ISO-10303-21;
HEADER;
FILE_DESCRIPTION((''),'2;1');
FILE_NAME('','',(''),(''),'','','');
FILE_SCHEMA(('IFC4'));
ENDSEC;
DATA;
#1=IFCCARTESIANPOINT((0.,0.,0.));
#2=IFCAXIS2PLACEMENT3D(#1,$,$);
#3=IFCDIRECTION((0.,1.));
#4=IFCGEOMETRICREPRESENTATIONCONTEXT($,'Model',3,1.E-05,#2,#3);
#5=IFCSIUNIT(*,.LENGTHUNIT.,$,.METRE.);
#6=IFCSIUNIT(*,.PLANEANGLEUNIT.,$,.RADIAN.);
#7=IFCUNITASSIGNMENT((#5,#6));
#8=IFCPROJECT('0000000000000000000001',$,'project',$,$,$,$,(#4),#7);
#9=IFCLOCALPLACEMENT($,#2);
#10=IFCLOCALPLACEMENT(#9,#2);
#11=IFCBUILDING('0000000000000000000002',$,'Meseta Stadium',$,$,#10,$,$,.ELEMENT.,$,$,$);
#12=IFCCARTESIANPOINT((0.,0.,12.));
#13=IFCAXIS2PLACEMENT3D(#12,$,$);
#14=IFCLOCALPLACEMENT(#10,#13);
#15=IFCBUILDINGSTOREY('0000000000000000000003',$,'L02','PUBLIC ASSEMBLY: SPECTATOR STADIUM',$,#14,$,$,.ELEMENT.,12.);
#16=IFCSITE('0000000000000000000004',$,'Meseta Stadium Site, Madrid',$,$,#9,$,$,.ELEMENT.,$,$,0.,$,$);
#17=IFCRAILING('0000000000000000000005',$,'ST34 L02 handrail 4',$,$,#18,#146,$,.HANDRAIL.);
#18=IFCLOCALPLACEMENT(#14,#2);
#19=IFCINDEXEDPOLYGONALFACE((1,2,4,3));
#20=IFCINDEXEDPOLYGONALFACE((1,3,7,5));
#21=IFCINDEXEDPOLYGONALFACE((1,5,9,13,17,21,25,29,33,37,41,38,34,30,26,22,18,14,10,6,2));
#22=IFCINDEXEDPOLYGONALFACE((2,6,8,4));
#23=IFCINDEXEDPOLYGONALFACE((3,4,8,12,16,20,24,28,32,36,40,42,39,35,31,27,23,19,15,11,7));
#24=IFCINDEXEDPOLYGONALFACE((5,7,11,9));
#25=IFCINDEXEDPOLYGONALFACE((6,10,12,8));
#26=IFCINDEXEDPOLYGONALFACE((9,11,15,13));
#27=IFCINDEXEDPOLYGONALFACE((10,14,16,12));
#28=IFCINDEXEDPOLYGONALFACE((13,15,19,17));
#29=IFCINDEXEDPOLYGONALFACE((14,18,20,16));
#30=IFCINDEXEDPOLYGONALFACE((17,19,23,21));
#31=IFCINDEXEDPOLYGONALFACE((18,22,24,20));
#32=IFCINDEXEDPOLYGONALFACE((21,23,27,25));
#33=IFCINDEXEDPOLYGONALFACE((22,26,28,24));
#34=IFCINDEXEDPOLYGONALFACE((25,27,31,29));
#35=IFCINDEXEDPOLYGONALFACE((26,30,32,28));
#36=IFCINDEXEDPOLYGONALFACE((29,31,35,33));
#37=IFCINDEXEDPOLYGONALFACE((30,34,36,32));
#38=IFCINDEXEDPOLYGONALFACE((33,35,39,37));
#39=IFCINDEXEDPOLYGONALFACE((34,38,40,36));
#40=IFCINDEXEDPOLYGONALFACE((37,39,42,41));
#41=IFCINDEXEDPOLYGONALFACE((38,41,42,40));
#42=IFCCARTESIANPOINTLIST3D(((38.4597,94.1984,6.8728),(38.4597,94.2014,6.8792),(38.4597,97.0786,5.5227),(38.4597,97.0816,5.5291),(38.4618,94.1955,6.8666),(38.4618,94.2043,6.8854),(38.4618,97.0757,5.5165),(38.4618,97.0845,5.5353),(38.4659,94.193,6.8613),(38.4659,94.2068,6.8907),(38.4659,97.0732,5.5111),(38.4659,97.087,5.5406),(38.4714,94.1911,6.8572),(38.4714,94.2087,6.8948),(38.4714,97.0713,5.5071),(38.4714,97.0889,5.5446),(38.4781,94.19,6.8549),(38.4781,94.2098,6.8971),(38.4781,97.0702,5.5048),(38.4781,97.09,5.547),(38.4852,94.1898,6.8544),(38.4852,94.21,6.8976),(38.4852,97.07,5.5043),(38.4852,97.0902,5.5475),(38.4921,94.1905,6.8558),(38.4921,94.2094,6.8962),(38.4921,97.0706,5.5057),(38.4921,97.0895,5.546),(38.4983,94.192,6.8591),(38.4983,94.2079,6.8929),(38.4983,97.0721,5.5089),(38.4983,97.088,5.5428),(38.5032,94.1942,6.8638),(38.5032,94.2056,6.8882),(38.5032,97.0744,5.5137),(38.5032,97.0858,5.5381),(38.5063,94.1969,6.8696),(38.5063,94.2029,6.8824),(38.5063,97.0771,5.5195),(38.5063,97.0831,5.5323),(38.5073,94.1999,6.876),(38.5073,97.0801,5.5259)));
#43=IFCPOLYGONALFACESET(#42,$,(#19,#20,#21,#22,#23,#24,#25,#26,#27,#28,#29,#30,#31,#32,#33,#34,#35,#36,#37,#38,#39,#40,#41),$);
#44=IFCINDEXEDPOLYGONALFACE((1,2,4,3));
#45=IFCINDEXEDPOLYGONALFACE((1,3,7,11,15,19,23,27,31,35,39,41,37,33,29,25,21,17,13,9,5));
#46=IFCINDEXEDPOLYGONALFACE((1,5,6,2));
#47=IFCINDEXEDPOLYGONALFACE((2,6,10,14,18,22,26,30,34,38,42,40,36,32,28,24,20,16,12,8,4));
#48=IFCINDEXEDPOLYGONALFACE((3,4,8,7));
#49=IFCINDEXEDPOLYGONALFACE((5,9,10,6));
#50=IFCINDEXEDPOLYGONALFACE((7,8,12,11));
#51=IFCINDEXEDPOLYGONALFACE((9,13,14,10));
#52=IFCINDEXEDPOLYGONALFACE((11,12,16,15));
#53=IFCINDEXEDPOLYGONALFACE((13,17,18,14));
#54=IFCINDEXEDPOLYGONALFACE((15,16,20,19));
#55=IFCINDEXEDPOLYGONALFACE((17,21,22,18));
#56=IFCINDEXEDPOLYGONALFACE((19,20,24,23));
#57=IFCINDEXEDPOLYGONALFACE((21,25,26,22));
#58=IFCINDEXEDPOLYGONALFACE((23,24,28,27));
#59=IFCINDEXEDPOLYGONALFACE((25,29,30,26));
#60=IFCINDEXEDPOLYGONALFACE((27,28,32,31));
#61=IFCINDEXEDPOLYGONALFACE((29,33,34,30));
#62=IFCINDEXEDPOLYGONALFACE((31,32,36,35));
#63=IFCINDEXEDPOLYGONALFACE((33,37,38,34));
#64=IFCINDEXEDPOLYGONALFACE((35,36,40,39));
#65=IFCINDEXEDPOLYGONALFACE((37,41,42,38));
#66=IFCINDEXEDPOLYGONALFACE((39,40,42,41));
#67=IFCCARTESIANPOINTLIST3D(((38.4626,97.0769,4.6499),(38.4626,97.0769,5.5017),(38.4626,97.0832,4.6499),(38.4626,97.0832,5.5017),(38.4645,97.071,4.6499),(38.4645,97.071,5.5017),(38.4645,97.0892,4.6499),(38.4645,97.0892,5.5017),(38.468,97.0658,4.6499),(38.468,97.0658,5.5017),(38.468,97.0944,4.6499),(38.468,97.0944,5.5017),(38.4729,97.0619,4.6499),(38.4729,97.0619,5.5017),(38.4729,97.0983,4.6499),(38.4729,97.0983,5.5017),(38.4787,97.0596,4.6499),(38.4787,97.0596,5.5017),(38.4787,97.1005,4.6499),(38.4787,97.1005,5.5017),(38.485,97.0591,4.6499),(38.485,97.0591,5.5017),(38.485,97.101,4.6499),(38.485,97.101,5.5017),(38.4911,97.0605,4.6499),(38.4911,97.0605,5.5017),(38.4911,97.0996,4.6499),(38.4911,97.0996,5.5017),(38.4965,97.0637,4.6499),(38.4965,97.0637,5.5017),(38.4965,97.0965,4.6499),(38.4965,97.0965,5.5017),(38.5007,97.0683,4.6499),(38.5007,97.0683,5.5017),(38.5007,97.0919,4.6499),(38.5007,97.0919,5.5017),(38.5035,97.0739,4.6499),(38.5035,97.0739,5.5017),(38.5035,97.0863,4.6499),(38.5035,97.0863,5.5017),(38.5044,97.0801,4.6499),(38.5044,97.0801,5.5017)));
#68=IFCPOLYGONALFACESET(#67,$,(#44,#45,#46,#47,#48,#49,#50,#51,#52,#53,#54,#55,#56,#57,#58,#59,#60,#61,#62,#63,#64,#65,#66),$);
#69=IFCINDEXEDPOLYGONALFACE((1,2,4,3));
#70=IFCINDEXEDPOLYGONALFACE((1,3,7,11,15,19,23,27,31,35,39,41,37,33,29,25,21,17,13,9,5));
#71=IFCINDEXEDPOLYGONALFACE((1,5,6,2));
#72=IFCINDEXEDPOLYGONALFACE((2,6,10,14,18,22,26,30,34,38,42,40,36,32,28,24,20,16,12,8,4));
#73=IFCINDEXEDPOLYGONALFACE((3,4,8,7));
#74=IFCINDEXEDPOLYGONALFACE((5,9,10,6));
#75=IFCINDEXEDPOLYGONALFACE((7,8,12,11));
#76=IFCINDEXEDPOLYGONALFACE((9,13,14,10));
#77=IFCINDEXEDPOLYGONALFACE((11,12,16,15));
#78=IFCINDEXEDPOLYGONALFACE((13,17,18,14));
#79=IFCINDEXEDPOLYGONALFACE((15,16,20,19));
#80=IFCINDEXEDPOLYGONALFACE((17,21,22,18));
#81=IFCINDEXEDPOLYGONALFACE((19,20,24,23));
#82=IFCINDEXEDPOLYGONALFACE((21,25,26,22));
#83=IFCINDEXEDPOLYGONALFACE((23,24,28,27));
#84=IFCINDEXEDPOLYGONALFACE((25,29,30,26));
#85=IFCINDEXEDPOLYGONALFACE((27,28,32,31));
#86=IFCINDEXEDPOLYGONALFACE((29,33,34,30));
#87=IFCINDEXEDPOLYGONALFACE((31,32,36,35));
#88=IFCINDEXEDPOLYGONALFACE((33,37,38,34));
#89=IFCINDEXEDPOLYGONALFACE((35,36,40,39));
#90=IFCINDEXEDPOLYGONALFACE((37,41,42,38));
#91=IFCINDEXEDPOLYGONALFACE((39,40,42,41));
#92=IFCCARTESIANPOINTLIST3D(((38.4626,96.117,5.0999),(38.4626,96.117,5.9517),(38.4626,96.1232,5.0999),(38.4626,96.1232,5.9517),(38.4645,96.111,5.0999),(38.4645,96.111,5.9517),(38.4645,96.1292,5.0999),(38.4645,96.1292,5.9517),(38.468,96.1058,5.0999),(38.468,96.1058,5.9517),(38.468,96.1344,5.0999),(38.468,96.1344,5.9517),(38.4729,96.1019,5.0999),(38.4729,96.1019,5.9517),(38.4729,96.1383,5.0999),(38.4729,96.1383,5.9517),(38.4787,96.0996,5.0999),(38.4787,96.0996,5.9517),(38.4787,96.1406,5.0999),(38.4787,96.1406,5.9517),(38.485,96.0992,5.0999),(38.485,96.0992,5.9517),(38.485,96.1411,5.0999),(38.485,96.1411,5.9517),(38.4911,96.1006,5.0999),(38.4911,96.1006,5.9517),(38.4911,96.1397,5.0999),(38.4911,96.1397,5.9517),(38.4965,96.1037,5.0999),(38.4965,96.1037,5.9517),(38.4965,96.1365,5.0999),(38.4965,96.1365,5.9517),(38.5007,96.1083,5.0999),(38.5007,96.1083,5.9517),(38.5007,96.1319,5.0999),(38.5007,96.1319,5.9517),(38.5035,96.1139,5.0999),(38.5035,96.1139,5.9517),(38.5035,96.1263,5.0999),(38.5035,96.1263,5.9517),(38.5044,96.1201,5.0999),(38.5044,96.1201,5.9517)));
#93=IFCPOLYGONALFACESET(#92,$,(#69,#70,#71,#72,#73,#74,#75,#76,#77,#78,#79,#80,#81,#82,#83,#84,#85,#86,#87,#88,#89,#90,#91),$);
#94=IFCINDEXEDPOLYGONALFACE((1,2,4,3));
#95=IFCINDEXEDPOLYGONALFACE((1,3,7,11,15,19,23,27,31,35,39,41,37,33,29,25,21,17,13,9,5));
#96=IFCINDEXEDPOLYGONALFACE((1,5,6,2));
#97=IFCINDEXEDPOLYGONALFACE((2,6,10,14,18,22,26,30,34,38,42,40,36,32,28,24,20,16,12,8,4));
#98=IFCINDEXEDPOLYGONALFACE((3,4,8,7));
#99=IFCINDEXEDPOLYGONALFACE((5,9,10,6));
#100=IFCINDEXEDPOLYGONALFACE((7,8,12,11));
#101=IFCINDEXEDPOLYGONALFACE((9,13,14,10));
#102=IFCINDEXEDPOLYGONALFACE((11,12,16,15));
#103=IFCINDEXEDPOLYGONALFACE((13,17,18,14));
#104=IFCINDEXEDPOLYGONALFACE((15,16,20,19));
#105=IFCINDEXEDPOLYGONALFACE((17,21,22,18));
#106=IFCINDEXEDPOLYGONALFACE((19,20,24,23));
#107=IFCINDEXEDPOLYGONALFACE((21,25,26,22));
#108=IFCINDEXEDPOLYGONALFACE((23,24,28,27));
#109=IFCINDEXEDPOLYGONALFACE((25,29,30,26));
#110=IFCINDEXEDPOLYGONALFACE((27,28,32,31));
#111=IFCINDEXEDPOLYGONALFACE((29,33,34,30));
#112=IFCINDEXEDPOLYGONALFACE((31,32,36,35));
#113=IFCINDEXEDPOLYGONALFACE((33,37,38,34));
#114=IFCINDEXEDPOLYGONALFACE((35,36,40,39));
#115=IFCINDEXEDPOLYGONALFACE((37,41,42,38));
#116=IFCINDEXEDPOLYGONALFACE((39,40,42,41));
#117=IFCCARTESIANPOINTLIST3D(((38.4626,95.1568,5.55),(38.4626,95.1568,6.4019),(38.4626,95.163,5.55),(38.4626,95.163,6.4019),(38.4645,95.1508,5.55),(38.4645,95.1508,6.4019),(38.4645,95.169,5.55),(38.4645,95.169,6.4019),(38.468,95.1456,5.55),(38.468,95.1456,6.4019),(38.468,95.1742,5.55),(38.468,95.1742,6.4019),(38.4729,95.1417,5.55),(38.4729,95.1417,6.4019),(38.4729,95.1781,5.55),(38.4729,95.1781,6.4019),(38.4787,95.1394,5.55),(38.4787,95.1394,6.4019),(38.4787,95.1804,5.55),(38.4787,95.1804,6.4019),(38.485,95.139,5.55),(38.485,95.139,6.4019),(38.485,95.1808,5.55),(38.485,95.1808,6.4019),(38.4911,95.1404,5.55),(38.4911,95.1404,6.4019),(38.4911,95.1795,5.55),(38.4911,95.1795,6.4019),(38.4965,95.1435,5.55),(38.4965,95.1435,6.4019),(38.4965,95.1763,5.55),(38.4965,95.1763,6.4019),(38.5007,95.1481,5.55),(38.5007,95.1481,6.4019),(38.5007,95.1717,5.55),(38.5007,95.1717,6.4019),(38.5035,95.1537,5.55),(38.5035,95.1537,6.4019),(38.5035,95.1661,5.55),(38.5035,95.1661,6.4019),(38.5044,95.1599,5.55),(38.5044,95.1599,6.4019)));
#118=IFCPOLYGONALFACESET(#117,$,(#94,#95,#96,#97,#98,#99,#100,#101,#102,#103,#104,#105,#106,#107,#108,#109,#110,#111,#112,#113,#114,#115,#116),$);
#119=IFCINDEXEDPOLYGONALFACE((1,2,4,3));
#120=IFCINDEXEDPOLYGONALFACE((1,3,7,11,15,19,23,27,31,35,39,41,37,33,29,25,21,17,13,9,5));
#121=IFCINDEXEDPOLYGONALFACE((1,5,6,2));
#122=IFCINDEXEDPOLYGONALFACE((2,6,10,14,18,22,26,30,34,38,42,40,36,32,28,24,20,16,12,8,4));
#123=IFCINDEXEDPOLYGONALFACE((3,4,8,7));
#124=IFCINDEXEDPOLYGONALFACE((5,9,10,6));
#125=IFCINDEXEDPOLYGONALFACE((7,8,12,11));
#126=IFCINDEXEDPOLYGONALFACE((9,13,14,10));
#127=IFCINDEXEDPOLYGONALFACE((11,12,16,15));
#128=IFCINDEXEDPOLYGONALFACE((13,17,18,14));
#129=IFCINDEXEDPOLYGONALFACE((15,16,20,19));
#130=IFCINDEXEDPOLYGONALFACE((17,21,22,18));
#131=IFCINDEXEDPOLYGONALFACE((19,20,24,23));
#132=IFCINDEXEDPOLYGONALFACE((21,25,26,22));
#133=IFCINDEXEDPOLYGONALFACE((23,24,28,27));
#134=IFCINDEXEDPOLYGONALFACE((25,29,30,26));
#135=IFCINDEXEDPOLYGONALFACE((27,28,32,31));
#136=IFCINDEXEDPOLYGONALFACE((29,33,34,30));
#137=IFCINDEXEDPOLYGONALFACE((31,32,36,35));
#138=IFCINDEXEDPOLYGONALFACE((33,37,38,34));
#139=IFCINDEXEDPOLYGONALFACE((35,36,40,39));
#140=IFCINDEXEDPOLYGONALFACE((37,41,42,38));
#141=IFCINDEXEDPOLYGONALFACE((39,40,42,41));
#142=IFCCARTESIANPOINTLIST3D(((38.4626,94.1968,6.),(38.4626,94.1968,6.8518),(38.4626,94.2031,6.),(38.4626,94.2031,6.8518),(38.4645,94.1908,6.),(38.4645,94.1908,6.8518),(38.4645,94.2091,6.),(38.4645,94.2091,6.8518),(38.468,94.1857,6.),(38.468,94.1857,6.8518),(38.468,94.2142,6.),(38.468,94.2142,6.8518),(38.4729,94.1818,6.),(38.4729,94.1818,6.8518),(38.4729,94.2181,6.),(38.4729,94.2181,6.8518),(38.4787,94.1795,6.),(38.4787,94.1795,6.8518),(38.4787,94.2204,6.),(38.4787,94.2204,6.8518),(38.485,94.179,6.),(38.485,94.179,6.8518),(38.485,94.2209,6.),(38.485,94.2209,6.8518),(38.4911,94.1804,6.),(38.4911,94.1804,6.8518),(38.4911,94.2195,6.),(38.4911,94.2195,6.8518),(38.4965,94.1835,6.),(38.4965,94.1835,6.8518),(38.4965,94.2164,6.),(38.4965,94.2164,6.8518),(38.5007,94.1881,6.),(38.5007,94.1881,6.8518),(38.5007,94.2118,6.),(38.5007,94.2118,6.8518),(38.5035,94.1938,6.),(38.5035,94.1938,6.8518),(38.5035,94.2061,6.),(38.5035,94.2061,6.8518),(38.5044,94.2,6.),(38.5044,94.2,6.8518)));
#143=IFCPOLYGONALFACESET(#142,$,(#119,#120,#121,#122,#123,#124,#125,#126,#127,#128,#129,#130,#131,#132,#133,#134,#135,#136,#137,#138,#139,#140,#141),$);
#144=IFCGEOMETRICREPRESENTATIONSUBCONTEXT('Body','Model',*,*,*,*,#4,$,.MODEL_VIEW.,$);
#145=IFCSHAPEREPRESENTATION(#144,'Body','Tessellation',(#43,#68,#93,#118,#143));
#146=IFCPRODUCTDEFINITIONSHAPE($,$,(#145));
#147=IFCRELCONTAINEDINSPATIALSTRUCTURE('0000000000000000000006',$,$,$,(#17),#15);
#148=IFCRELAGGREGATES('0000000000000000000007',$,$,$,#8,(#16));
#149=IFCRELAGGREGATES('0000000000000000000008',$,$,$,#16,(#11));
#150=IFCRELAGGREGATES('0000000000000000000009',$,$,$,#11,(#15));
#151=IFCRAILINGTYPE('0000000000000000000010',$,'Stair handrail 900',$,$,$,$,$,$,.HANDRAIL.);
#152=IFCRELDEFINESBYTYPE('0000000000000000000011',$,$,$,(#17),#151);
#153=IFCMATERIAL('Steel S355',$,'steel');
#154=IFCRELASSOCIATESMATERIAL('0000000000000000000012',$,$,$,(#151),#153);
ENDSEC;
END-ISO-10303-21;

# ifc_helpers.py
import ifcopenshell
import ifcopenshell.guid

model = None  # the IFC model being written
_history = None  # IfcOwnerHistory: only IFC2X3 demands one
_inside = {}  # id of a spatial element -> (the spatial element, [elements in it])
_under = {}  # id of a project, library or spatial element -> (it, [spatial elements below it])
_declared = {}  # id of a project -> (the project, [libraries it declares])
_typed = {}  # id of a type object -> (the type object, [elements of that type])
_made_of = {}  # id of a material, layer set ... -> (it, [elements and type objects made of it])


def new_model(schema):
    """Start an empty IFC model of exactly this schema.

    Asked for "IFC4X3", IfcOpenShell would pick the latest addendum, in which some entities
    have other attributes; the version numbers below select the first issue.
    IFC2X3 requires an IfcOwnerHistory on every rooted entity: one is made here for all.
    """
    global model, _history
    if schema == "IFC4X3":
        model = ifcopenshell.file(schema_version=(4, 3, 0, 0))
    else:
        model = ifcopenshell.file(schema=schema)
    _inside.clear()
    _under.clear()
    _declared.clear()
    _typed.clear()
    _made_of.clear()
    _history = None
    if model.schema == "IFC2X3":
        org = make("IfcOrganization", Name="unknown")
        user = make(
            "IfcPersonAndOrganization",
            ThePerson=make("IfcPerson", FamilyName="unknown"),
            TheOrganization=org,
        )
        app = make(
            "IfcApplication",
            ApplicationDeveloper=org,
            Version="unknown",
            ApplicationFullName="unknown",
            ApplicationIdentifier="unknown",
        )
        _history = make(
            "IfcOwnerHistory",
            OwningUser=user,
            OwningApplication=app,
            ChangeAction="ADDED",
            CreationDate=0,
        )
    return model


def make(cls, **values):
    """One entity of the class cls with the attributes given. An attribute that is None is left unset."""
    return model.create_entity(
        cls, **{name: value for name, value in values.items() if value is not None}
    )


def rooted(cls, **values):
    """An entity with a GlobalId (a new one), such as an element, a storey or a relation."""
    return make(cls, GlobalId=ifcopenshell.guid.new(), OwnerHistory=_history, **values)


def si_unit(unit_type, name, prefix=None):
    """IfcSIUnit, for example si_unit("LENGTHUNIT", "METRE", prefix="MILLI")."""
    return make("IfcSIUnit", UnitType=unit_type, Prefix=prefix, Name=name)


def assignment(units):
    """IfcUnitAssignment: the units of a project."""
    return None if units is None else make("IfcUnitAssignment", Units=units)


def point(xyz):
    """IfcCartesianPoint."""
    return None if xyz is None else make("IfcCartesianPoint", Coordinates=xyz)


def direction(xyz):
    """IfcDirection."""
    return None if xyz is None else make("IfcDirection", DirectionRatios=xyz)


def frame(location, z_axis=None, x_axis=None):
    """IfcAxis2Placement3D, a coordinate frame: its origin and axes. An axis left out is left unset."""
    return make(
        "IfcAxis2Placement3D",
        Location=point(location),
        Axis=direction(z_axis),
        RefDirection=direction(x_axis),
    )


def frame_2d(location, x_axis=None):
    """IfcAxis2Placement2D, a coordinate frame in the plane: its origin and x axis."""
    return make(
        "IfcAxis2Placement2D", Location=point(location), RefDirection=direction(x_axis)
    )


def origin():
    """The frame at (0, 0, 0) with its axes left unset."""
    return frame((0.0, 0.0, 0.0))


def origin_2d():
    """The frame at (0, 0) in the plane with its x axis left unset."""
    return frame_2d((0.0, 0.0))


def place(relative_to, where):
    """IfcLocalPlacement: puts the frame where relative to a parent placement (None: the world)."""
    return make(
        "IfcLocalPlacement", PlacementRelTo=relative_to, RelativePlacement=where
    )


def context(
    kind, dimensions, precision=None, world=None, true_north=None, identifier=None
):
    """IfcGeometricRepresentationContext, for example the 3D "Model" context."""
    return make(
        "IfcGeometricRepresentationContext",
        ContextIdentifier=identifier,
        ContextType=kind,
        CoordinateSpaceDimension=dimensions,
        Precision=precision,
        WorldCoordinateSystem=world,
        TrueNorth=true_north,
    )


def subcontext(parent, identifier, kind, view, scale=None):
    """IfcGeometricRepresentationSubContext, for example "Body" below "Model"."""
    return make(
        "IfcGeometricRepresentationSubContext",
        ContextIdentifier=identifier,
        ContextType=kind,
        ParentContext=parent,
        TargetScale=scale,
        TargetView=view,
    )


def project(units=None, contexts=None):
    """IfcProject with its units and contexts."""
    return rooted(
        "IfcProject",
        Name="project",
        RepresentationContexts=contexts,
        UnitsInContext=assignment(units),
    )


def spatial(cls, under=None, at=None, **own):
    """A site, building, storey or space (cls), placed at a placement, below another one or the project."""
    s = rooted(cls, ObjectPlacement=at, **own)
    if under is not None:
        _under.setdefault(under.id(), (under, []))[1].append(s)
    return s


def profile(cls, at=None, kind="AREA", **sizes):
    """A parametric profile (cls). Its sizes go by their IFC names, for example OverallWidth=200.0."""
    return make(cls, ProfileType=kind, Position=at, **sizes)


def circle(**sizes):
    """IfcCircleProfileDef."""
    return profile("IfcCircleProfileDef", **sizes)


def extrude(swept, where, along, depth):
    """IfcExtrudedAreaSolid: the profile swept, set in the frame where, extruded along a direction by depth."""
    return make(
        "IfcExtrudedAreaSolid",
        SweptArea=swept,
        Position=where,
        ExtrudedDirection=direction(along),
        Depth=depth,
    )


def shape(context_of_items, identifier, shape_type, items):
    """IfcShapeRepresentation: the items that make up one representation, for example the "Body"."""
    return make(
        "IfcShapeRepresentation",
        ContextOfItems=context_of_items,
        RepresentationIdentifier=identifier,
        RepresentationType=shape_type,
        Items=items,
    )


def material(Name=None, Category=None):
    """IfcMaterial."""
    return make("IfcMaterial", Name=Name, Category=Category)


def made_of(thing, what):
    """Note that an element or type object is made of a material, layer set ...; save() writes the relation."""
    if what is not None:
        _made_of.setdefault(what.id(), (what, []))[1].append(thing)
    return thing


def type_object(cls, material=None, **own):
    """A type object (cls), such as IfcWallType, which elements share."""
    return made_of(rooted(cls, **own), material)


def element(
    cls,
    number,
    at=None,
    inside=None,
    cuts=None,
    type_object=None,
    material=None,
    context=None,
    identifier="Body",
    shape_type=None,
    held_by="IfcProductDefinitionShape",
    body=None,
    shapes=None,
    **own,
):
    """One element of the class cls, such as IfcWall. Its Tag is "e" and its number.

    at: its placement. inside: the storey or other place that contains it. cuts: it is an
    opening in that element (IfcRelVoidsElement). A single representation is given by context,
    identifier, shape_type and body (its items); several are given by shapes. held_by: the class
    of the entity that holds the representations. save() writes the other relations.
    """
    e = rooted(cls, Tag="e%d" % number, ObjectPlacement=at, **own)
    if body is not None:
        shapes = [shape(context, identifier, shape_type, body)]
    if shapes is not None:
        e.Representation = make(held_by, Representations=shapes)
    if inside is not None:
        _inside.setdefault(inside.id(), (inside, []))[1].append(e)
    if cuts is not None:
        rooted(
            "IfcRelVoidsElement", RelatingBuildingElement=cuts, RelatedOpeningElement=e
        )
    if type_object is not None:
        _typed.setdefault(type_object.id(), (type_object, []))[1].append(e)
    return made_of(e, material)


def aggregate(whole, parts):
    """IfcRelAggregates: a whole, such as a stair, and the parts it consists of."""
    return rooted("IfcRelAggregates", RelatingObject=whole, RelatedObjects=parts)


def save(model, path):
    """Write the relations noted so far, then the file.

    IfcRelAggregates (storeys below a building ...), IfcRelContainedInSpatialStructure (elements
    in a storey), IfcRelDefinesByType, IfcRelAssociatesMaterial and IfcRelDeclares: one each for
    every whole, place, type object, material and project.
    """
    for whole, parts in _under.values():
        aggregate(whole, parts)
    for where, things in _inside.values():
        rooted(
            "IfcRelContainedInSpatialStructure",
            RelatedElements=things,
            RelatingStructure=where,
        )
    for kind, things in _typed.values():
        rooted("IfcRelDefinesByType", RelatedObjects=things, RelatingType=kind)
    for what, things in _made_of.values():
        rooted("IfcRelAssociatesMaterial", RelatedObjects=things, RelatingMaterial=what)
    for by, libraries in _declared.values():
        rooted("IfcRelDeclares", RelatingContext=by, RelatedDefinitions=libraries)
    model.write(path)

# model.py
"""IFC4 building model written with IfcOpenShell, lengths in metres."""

from ifc_helpers import new_model, si_unit, direction, frame, origin, origin_2d, place, context, subcontext, project, spatial, circle, extrude, material, type_object, element, save


model = new_model("IFC4")

# Units and contexts
model_context = context("Model", 3, precision=1e-05, world=origin(), true_north=direction((0.0, 1.0)))
body_context = subcontext(model_context, "Body", "Model", "MODEL_VIEW")
ifc_project = project(units=[si_unit("LENGTHUNIT", "METRE"), si_unit("PLANEANGLEUNIT", "RADIAN")], contexts=[model_context])

# Site, building, storey
site_placement = place(None, origin())
site = spatial("IfcSite", under=ifc_project, at=site_placement, Name="Meseta Stadium Site, Madrid", CompositionType="ELEMENT", RefElevation=0.0)
building_placement = place(site_placement, origin())
building = spatial("IfcBuilding", under=site, at=building_placement, Name="Meseta Stadium", CompositionType="ELEMENT")
storey_placement = place(building_placement, frame((0.0, 0.0, 12.0)))
storey = spatial("IfcBuildingStorey", under=building, at=storey_placement, Name="L02", Description="PUBLIC ASSEMBLY: SPECTATOR STADIUM", CompositionType="ELEMENT", Elevation=12.0)

# Railing
ifc_material_1 = material(Name="Steel S355", Category="steel")
railing_type_1 = type_object("IfcRailingType", Name="Stair handrail 900", PredefinedType="HANDRAIL", material=ifc_material_1)
railing_1_placement = place(storey_placement, frame((38.4834, 97.0801, 4.6499)))
element("IfcRailing", 1, at=railing_1_placement, inside=storey, type_object=railing_type_1, Name="ST34 L02 handrail 4", PredefinedType="HANDRAIL", context=body_context, shape_type="SweptSolid", body=[
    extrude(circle(Radius=0.0239, at=origin_2d()), frame((0.0, 0.0, 0.876), z_axis=(0.0, -0.905454, 0.424444), x_axis=(1.0, 0.0, 0.0)), (0.0, 0.0, 1.0), 3.1809),
    extrude(circle(Radius=0.021, at=origin_2d()), origin(), (0.0, 0.0, 1.0), 0.8518),
    extrude(circle(Radius=0.021, at=origin_2d()), frame((0.0, -0.96, 0.45)), (0.0, 0.0, 1.0), 0.8518),
    extrude(circle(Radius=0.021, at=origin_2d()), frame((0.0, -1.9202, 0.9001)), (0.0, 0.0, 1.0), 0.8518),
    extrude(circle(Radius=0.021, at=origin_2d()), frame((0.0, -2.8801, 1.3501)), (0.0, 0.0, 1.0), 0.8518),
])

save(model, "model.ifc")
